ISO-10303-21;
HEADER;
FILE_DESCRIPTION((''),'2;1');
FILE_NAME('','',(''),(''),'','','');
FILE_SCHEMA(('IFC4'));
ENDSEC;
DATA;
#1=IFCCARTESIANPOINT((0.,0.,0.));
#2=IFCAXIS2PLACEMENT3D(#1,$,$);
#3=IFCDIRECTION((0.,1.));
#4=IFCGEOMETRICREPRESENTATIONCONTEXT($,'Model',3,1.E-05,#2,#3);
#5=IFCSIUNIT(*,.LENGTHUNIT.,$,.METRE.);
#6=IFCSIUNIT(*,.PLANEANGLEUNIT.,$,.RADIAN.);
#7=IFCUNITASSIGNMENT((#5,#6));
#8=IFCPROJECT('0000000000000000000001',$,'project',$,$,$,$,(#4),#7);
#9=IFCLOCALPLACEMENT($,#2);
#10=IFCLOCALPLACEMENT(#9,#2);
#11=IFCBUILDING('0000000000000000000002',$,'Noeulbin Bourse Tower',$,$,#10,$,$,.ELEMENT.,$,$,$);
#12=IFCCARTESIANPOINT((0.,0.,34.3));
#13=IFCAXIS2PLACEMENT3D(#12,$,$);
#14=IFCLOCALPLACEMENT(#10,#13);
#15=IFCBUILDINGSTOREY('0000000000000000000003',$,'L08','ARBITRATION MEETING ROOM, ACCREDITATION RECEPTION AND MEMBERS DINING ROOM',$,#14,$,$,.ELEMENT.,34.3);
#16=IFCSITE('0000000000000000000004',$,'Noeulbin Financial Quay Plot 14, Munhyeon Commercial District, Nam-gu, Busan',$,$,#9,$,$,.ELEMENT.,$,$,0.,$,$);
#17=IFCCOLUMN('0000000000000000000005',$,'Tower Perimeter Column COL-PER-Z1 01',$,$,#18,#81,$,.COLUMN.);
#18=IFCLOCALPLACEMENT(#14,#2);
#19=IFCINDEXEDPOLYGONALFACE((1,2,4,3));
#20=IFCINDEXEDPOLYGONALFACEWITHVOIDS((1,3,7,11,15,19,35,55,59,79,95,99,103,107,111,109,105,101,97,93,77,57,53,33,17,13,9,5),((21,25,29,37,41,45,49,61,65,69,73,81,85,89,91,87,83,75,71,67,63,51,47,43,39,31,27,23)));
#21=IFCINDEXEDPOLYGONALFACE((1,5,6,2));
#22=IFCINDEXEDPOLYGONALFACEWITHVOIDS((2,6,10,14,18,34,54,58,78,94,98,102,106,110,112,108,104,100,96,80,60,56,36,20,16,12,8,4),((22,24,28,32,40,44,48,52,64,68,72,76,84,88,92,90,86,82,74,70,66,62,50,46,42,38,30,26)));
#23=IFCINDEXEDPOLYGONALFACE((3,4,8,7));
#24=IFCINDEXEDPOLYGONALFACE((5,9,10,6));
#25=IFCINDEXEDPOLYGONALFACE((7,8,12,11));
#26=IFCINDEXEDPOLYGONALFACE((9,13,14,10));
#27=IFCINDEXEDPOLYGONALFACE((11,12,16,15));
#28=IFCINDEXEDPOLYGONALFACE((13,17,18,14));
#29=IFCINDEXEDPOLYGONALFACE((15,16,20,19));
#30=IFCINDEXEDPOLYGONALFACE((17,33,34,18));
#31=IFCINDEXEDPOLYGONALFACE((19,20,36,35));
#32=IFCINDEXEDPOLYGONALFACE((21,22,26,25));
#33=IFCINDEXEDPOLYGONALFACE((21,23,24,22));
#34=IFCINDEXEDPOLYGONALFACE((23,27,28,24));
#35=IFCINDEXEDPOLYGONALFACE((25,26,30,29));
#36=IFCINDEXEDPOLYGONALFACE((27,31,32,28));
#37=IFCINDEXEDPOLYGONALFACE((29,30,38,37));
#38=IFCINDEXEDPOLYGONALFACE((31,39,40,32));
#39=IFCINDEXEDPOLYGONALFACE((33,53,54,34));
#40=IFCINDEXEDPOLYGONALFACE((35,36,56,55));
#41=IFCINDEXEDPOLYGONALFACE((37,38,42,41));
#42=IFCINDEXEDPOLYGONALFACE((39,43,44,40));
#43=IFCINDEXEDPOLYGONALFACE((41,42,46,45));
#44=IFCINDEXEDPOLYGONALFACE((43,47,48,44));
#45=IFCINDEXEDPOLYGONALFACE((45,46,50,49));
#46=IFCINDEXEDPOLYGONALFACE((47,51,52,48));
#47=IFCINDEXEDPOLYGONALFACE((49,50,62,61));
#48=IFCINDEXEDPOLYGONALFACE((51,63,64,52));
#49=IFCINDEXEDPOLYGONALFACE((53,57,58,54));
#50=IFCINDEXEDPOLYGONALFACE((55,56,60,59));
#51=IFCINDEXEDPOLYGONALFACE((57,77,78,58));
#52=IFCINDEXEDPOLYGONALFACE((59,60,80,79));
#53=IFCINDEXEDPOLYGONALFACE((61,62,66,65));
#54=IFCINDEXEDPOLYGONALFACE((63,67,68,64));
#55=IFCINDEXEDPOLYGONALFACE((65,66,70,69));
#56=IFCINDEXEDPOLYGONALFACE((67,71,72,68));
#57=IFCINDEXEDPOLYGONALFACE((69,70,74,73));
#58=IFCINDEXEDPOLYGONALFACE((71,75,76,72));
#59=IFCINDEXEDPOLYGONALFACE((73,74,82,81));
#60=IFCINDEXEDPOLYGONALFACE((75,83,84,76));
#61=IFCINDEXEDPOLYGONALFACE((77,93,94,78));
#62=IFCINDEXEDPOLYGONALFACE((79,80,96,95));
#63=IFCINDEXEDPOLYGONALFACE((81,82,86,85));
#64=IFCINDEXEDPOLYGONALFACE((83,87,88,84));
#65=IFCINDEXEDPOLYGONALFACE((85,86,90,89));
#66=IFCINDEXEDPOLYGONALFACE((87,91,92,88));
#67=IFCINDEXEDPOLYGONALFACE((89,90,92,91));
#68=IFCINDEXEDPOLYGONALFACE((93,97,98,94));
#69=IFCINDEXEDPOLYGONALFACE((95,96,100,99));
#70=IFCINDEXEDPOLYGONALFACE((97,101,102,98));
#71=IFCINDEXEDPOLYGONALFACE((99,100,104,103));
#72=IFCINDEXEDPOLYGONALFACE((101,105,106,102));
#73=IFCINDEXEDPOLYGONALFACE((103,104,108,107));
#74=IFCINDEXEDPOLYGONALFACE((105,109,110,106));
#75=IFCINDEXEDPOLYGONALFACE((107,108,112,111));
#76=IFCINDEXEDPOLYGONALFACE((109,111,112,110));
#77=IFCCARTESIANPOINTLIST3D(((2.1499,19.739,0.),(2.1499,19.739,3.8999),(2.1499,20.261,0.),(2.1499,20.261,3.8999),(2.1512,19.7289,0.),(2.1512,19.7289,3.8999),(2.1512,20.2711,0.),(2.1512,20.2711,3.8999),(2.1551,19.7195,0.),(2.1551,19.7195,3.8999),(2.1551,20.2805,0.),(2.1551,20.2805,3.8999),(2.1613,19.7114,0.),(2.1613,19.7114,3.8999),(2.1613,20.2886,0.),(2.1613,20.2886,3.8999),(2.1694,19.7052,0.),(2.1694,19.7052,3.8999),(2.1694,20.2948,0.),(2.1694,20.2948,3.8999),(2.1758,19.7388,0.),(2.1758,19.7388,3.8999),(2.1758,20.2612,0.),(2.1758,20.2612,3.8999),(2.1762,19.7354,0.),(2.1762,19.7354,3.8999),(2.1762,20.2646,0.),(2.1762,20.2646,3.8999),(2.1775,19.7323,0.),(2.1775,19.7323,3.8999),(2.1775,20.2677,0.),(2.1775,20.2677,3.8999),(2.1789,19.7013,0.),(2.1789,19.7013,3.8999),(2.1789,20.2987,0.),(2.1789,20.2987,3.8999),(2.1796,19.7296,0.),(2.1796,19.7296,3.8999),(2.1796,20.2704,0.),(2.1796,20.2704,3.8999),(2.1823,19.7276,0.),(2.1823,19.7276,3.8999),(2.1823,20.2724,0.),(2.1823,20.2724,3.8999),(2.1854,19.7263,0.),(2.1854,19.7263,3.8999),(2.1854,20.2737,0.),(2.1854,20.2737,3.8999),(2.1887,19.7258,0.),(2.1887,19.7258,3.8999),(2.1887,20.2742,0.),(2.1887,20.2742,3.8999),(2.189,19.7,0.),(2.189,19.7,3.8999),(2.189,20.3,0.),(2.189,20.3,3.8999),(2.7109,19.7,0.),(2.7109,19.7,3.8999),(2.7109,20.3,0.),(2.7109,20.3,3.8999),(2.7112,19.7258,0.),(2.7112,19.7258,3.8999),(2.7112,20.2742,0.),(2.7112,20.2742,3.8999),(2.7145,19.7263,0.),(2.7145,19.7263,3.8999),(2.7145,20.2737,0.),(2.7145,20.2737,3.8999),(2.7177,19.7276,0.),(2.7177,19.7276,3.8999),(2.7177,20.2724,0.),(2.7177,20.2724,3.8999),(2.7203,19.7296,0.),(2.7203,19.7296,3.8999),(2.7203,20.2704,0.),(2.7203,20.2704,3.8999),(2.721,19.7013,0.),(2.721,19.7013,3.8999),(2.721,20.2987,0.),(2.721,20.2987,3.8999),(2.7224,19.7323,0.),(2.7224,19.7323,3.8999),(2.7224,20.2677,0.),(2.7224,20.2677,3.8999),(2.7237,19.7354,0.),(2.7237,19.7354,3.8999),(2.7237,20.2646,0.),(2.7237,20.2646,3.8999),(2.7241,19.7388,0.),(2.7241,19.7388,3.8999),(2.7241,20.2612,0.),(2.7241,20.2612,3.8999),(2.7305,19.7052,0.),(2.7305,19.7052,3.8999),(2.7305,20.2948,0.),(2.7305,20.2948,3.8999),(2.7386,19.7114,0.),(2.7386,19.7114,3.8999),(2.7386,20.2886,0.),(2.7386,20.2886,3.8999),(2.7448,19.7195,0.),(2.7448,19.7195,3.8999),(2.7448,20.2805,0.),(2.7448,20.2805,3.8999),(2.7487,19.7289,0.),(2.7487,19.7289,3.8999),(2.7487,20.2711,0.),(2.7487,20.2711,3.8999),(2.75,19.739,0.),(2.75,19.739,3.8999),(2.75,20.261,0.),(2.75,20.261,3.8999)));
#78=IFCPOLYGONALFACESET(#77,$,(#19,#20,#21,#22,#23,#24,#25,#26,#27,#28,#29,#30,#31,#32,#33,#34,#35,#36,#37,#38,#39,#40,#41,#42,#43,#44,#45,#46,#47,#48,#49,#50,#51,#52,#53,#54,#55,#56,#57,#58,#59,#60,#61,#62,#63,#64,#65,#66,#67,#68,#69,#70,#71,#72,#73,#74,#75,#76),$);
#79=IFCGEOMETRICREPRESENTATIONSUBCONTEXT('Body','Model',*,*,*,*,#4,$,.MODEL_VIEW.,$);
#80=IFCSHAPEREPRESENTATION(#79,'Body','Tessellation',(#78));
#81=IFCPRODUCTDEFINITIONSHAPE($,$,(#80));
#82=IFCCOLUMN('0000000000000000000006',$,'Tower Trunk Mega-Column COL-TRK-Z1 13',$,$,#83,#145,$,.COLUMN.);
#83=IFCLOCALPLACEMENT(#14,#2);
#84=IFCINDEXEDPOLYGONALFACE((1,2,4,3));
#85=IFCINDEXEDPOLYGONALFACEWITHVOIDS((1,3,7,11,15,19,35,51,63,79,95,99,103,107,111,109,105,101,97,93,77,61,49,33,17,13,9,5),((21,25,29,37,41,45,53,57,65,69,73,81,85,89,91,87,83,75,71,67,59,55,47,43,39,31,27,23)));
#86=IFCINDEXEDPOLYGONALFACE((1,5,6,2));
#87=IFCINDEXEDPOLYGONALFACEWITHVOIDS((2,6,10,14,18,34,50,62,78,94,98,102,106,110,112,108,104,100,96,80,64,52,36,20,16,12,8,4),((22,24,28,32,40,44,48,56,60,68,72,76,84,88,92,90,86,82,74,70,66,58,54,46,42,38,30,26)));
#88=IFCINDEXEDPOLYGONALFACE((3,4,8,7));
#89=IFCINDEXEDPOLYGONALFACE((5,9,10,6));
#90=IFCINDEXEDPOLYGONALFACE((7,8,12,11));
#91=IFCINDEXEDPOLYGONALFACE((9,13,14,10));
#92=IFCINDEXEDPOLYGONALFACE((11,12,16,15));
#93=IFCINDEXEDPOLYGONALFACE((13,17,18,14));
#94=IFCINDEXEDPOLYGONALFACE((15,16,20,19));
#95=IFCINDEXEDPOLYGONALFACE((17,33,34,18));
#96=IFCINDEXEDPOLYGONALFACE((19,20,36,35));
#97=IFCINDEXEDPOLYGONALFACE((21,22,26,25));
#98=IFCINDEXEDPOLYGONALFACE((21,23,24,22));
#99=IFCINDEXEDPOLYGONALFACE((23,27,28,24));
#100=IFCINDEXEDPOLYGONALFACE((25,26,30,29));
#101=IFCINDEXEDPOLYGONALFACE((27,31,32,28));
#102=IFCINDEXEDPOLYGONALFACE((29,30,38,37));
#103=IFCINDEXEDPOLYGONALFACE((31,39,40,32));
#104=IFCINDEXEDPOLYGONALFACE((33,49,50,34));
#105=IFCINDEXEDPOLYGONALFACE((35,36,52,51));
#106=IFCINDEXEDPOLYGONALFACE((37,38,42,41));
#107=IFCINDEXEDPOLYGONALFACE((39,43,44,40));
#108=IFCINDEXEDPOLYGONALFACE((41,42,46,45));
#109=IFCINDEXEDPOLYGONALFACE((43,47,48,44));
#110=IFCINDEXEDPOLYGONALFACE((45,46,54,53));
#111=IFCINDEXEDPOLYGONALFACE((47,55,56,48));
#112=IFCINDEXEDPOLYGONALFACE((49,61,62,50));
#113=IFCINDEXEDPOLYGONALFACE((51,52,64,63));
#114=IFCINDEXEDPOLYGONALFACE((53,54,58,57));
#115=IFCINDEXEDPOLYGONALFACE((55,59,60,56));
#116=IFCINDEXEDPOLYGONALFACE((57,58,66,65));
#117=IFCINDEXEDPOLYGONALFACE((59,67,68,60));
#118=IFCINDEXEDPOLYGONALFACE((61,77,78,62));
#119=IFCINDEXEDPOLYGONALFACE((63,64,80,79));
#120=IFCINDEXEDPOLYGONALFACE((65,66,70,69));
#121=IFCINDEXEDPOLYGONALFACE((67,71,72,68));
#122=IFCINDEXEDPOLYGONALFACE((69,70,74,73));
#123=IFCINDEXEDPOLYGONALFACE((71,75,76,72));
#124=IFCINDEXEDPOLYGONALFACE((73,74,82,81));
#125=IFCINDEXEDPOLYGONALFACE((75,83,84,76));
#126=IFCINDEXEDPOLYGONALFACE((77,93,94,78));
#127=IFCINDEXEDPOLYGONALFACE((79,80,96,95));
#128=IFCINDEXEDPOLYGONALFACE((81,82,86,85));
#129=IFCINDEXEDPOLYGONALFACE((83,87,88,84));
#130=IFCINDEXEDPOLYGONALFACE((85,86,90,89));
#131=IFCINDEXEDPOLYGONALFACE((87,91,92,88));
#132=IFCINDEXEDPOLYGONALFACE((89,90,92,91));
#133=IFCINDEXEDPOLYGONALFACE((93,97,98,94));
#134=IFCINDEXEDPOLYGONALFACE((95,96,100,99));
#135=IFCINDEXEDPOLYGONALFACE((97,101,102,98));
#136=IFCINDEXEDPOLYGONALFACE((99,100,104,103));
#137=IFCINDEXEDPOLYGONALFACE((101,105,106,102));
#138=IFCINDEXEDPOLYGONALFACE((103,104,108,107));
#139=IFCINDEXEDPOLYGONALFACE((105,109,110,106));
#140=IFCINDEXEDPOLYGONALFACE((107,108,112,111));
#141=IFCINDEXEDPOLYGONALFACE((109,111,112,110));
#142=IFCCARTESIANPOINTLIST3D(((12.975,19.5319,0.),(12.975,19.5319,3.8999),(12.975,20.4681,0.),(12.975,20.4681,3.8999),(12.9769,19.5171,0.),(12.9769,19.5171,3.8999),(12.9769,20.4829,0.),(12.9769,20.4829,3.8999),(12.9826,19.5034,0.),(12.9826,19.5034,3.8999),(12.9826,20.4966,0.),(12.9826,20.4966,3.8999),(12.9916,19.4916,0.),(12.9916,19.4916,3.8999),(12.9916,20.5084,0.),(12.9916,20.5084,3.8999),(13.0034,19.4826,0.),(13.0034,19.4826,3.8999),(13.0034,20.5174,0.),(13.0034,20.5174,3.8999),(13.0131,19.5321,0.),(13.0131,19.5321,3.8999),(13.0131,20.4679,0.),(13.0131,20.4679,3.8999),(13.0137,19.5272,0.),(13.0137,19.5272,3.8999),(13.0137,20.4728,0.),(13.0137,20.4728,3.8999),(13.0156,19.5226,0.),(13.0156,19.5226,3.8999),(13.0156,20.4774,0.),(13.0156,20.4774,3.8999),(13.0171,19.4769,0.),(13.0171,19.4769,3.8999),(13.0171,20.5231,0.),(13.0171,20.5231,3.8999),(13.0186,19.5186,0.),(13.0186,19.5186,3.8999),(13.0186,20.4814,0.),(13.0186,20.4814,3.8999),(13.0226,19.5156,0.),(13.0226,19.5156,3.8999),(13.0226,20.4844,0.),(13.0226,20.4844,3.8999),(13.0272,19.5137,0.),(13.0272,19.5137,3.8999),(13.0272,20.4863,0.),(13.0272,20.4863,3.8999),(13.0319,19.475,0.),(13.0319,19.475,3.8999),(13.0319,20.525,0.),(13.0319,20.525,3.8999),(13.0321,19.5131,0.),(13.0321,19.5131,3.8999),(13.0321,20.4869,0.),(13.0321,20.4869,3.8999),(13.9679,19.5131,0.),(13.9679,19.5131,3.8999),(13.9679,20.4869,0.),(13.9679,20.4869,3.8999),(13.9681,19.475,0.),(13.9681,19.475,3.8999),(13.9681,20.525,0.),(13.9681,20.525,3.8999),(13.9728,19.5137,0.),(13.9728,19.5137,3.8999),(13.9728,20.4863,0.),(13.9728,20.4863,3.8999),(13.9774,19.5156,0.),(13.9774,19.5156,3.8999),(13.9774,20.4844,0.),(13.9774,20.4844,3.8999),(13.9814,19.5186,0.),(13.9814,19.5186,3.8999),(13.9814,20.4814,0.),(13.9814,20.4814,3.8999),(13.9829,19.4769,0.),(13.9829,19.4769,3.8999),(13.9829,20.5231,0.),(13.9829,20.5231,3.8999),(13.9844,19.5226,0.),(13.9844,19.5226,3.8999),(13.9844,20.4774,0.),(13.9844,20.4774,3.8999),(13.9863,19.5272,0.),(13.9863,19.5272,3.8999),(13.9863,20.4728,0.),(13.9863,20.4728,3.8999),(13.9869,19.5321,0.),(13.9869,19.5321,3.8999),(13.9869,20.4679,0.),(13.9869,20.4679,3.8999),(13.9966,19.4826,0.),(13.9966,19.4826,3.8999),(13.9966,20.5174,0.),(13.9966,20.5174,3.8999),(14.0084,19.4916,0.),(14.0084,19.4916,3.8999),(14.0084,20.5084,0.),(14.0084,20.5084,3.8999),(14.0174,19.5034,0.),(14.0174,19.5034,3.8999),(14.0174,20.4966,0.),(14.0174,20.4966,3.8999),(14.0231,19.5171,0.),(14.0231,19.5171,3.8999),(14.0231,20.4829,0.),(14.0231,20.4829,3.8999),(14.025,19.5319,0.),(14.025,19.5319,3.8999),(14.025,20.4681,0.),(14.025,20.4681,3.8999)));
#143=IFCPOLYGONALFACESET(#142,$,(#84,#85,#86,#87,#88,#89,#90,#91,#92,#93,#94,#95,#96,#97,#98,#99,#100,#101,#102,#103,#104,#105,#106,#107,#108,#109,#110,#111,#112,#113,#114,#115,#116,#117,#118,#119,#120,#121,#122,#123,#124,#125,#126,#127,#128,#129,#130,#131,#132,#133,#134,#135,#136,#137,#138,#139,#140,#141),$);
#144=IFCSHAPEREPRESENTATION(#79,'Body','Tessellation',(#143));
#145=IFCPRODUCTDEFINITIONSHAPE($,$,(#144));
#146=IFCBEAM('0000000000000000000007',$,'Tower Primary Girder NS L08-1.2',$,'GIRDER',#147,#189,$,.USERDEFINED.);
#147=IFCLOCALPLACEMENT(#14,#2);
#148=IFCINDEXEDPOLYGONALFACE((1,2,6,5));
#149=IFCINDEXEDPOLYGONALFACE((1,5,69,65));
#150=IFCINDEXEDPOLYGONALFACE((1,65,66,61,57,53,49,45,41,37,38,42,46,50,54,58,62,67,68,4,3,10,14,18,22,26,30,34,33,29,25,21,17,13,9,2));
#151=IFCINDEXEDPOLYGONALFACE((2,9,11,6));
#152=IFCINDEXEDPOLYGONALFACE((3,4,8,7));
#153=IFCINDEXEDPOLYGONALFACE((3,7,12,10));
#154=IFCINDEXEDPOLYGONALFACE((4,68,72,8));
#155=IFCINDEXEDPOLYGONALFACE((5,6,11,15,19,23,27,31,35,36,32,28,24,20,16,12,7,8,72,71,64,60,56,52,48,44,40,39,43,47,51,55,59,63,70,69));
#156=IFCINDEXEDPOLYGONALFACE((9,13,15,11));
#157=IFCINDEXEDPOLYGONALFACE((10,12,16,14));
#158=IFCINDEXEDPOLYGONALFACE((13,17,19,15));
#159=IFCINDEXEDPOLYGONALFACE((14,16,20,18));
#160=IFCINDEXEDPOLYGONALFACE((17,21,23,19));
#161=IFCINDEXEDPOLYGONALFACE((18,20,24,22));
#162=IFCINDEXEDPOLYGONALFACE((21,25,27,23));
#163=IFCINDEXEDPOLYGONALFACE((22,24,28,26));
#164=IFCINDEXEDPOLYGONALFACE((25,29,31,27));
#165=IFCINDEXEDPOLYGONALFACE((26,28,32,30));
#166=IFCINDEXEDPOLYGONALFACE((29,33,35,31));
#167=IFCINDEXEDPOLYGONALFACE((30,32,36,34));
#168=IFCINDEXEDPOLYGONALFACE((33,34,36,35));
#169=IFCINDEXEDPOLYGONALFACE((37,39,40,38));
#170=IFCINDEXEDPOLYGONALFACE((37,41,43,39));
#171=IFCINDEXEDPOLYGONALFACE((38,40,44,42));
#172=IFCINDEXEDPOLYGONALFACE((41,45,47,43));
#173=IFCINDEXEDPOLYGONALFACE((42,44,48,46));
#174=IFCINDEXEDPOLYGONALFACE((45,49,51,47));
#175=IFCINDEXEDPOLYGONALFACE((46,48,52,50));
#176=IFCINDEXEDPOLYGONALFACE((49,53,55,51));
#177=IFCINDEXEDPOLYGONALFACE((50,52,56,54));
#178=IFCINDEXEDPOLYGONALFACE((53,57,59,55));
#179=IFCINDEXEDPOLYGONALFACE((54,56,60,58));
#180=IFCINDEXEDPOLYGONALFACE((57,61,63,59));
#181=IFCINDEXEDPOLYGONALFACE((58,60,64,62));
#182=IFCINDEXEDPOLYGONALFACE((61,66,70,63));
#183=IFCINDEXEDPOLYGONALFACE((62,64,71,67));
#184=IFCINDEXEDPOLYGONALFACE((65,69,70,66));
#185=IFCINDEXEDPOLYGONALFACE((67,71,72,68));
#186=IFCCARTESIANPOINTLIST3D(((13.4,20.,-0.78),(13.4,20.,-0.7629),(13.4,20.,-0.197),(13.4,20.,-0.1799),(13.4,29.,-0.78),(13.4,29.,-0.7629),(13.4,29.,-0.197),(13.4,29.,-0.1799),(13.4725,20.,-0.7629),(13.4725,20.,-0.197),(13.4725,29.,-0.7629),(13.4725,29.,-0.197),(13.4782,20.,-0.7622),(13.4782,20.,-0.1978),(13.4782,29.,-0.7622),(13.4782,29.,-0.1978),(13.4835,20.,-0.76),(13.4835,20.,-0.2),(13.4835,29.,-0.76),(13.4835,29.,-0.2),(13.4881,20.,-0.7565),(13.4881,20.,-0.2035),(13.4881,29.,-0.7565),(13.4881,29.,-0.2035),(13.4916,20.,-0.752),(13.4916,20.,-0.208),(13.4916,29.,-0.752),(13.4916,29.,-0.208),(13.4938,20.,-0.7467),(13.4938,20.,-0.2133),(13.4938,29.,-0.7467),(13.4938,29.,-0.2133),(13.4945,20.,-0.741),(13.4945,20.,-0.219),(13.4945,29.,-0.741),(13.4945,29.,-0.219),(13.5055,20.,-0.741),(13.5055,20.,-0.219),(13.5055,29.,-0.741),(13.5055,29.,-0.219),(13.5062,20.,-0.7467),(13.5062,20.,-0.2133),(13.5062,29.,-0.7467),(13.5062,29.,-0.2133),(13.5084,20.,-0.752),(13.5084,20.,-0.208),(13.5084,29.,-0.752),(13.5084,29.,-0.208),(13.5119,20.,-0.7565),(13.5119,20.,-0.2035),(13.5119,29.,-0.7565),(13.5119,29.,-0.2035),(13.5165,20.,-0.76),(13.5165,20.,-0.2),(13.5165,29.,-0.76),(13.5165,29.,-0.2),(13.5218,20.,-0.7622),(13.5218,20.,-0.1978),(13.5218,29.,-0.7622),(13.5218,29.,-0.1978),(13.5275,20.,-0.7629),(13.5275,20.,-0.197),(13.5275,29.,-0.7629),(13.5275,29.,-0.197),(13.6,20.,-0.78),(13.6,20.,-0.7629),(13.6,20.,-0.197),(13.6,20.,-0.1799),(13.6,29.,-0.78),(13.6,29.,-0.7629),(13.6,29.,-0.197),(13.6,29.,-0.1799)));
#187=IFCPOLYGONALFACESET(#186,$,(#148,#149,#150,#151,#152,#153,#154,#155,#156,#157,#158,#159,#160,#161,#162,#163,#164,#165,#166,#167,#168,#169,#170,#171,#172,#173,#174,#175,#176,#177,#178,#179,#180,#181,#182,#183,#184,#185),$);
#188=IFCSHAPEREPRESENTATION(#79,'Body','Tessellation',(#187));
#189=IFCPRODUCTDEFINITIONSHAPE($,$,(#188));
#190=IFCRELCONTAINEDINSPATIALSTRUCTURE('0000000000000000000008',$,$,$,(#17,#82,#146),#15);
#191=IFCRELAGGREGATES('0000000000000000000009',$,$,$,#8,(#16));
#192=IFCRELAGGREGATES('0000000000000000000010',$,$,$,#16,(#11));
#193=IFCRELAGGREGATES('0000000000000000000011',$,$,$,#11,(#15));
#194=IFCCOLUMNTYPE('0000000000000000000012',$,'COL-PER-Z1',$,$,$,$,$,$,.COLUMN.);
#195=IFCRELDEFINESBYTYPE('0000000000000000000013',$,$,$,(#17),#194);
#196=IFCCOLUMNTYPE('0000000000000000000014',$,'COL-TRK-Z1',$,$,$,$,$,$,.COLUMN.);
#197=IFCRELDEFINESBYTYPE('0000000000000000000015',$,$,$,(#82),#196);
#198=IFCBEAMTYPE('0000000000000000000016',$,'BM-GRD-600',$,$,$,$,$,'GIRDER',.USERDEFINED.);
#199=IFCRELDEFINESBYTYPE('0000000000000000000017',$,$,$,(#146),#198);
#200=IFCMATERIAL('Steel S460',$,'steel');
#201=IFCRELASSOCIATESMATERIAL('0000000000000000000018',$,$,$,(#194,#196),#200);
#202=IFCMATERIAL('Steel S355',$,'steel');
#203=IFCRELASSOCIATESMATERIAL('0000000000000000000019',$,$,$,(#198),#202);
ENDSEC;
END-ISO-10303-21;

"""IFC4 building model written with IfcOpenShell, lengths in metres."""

from ifc_helpers import new_model, si_unit, direction, frame, origin, origin_2d, place, context, subcontext, project, spatial, hollow_rectangle, i_section, extrude, material, material_profile, profile_set, type_object, element, save


model = new_model("IFC4")

# Units and contexts
model_context = context("Model", 3, precision=1e-05, world=origin(), true_north=direction((0.0, 1.0)))
body_context = subcontext(model_context, "Body", "Model", "MODEL_VIEW")
ifc_project = project(units=[si_unit("LENGTHUNIT", "METRE"), si_unit("PLANEANGLEUNIT", "RADIAN")], contexts=[model_context])

# Site, building, storey
site_placement = place(None, origin())
site = spatial("IfcSite", under=ifc_project, at=site_placement, Name="Noeulbin Financial Quay Plot 14, Munhyeon Commercial District, Nam-gu, Busan", CompositionType="ELEMENT", RefElevation=0.0)
building_placement = place(site_placement, origin())
building = spatial("IfcBuilding", under=site, at=building_placement, Name="Noeulbin Bourse Tower", CompositionType="ELEMENT")
storey_placement = place(building_placement, frame((0.0, 0.0, 34.3)))
storey = spatial("IfcBuildingStorey", under=building, at=storey_placement, Name="L08", Description="ARBITRATION MEETING ROOM, ACCREDITATION RECEPTION AND MEMBERS DINING ROOM", CompositionType="ELEMENT", Elevation=34.3)

# Columns
ifc_material_1 = material(Name="Steel S460", Category="steel")
ifc_material_profile_1 = material_profile(ifc_material_1, hollow_rectangle(XDim=0.6001, YDim=0.6001, WallThickness=0.0259, InnerFilletRadius=0.0129, OuterFilletRadius=0.0391, at=origin_2d()), Name="BOX-600x600x26", Category="LoadBearing")
ifc_profile_set_1 = profile_set([ifc_material_profile_1], Name="Steel S460")
column_type_1 = type_object("IfcColumnType", Name="COL-PER-Z1", PredefinedType="COLUMN", material=ifc_profile_set_1)
column_1_placement = place(storey_placement, frame((2.45, 20.0, 0.0), z_axis=(0.0, 0.0, 1.0), x_axis=(1.0, 0.0, 0.0)))
element("IfcColumn", 1, at=column_1_placement, inside=storey, type_object=column_type_1, Name="Tower Perimeter Column COL-PER-Z1 01", PredefinedType="COLUMN", context=body_context, shape_type="SweptSolid", body=[
    extrude(hollow_rectangle(XDim=0.6001, YDim=0.6001, WallThickness=0.0259, InnerFilletRadius=0.0129, OuterFilletRadius=0.0391, at=origin_2d()), origin(), (0.0, 0.0, 1.0), 3.8999),
])
ifc_material_profile_2 = material_profile(ifc_material_1, hollow_rectangle(XDim=1.05, YDim=1.05, WallThickness=0.0381, InnerFilletRadius=0.019, OuterFilletRadius=0.0569, at=origin_2d()), Name="BOX-1050x1050x38", Category="LoadBearing")
ifc_profile_set_2 = profile_set([ifc_material_profile_2], Name="Steel S460")
column_type_2 = type_object("IfcColumnType", Name="COL-TRK-Z1", PredefinedType="COLUMN", material=ifc_profile_set_2)
column_2_placement = place(storey_placement, frame((13.5, 20.0, 0.0), z_axis=(0.0, 0.0, 1.0), x_axis=(1.0, 0.0, 0.0)))
element("IfcColumn", 2, at=column_2_placement, inside=storey, type_object=column_type_2, Name="Tower Trunk Mega-Column COL-TRK-Z1 13", PredefinedType="COLUMN", context=body_context, shape_type="SweptSolid", body=[
    extrude(hollow_rectangle(XDim=1.05, YDim=1.05, WallThickness=0.0381, InnerFilletRadius=0.019, OuterFilletRadius=0.0569, at=origin_2d()), origin(), (0.0, 0.0, 1.0), 3.8999),
])

# Beam
ifc_material_2 = material(Name="Steel S355", Category="steel")
ifc_material_profile_3 = material_profile(ifc_material_2, i_section(OverallWidth=0.2, OverallDepth=0.6001, WebThickness=0.011, FlangeThickness=0.0171, FilletRadius=0.022, at=origin_2d()), Name="H-600x200x11x17", Category="LoadBearing")
ifc_profile_set_3 = profile_set([ifc_material_profile_3], Name="Steel S355")
beam_type_1 = type_object("IfcBeamType", Name="BM-GRD-600", ElementType="GIRDER", PredefinedType="USERDEFINED", material=ifc_profile_set_3)
beam_1_placement = place(storey_placement, frame((13.5, 20.0, -0.48), z_axis=(0.0, 1.0, 0.0), x_axis=(-1.0, 0.0, 0.0)))
element("IfcBeam", 3, at=beam_1_placement, inside=storey, type_object=beam_type_1, Name="Tower Primary Girder NS L08-1.2", ObjectType="GIRDER", PredefinedType="USERDEFINED", context=body_context, shape_type="SweptSolid", body=[
    extrude(i_section(OverallWidth=0.2, OverallDepth=0.6001, WebThickness=0.011, FlangeThickness=0.0171, FilletRadius=0.022, at=origin_2d()), origin(), (0.0, 0.0, 1.0), 9.0),
])

save(model, "model.ifc")
